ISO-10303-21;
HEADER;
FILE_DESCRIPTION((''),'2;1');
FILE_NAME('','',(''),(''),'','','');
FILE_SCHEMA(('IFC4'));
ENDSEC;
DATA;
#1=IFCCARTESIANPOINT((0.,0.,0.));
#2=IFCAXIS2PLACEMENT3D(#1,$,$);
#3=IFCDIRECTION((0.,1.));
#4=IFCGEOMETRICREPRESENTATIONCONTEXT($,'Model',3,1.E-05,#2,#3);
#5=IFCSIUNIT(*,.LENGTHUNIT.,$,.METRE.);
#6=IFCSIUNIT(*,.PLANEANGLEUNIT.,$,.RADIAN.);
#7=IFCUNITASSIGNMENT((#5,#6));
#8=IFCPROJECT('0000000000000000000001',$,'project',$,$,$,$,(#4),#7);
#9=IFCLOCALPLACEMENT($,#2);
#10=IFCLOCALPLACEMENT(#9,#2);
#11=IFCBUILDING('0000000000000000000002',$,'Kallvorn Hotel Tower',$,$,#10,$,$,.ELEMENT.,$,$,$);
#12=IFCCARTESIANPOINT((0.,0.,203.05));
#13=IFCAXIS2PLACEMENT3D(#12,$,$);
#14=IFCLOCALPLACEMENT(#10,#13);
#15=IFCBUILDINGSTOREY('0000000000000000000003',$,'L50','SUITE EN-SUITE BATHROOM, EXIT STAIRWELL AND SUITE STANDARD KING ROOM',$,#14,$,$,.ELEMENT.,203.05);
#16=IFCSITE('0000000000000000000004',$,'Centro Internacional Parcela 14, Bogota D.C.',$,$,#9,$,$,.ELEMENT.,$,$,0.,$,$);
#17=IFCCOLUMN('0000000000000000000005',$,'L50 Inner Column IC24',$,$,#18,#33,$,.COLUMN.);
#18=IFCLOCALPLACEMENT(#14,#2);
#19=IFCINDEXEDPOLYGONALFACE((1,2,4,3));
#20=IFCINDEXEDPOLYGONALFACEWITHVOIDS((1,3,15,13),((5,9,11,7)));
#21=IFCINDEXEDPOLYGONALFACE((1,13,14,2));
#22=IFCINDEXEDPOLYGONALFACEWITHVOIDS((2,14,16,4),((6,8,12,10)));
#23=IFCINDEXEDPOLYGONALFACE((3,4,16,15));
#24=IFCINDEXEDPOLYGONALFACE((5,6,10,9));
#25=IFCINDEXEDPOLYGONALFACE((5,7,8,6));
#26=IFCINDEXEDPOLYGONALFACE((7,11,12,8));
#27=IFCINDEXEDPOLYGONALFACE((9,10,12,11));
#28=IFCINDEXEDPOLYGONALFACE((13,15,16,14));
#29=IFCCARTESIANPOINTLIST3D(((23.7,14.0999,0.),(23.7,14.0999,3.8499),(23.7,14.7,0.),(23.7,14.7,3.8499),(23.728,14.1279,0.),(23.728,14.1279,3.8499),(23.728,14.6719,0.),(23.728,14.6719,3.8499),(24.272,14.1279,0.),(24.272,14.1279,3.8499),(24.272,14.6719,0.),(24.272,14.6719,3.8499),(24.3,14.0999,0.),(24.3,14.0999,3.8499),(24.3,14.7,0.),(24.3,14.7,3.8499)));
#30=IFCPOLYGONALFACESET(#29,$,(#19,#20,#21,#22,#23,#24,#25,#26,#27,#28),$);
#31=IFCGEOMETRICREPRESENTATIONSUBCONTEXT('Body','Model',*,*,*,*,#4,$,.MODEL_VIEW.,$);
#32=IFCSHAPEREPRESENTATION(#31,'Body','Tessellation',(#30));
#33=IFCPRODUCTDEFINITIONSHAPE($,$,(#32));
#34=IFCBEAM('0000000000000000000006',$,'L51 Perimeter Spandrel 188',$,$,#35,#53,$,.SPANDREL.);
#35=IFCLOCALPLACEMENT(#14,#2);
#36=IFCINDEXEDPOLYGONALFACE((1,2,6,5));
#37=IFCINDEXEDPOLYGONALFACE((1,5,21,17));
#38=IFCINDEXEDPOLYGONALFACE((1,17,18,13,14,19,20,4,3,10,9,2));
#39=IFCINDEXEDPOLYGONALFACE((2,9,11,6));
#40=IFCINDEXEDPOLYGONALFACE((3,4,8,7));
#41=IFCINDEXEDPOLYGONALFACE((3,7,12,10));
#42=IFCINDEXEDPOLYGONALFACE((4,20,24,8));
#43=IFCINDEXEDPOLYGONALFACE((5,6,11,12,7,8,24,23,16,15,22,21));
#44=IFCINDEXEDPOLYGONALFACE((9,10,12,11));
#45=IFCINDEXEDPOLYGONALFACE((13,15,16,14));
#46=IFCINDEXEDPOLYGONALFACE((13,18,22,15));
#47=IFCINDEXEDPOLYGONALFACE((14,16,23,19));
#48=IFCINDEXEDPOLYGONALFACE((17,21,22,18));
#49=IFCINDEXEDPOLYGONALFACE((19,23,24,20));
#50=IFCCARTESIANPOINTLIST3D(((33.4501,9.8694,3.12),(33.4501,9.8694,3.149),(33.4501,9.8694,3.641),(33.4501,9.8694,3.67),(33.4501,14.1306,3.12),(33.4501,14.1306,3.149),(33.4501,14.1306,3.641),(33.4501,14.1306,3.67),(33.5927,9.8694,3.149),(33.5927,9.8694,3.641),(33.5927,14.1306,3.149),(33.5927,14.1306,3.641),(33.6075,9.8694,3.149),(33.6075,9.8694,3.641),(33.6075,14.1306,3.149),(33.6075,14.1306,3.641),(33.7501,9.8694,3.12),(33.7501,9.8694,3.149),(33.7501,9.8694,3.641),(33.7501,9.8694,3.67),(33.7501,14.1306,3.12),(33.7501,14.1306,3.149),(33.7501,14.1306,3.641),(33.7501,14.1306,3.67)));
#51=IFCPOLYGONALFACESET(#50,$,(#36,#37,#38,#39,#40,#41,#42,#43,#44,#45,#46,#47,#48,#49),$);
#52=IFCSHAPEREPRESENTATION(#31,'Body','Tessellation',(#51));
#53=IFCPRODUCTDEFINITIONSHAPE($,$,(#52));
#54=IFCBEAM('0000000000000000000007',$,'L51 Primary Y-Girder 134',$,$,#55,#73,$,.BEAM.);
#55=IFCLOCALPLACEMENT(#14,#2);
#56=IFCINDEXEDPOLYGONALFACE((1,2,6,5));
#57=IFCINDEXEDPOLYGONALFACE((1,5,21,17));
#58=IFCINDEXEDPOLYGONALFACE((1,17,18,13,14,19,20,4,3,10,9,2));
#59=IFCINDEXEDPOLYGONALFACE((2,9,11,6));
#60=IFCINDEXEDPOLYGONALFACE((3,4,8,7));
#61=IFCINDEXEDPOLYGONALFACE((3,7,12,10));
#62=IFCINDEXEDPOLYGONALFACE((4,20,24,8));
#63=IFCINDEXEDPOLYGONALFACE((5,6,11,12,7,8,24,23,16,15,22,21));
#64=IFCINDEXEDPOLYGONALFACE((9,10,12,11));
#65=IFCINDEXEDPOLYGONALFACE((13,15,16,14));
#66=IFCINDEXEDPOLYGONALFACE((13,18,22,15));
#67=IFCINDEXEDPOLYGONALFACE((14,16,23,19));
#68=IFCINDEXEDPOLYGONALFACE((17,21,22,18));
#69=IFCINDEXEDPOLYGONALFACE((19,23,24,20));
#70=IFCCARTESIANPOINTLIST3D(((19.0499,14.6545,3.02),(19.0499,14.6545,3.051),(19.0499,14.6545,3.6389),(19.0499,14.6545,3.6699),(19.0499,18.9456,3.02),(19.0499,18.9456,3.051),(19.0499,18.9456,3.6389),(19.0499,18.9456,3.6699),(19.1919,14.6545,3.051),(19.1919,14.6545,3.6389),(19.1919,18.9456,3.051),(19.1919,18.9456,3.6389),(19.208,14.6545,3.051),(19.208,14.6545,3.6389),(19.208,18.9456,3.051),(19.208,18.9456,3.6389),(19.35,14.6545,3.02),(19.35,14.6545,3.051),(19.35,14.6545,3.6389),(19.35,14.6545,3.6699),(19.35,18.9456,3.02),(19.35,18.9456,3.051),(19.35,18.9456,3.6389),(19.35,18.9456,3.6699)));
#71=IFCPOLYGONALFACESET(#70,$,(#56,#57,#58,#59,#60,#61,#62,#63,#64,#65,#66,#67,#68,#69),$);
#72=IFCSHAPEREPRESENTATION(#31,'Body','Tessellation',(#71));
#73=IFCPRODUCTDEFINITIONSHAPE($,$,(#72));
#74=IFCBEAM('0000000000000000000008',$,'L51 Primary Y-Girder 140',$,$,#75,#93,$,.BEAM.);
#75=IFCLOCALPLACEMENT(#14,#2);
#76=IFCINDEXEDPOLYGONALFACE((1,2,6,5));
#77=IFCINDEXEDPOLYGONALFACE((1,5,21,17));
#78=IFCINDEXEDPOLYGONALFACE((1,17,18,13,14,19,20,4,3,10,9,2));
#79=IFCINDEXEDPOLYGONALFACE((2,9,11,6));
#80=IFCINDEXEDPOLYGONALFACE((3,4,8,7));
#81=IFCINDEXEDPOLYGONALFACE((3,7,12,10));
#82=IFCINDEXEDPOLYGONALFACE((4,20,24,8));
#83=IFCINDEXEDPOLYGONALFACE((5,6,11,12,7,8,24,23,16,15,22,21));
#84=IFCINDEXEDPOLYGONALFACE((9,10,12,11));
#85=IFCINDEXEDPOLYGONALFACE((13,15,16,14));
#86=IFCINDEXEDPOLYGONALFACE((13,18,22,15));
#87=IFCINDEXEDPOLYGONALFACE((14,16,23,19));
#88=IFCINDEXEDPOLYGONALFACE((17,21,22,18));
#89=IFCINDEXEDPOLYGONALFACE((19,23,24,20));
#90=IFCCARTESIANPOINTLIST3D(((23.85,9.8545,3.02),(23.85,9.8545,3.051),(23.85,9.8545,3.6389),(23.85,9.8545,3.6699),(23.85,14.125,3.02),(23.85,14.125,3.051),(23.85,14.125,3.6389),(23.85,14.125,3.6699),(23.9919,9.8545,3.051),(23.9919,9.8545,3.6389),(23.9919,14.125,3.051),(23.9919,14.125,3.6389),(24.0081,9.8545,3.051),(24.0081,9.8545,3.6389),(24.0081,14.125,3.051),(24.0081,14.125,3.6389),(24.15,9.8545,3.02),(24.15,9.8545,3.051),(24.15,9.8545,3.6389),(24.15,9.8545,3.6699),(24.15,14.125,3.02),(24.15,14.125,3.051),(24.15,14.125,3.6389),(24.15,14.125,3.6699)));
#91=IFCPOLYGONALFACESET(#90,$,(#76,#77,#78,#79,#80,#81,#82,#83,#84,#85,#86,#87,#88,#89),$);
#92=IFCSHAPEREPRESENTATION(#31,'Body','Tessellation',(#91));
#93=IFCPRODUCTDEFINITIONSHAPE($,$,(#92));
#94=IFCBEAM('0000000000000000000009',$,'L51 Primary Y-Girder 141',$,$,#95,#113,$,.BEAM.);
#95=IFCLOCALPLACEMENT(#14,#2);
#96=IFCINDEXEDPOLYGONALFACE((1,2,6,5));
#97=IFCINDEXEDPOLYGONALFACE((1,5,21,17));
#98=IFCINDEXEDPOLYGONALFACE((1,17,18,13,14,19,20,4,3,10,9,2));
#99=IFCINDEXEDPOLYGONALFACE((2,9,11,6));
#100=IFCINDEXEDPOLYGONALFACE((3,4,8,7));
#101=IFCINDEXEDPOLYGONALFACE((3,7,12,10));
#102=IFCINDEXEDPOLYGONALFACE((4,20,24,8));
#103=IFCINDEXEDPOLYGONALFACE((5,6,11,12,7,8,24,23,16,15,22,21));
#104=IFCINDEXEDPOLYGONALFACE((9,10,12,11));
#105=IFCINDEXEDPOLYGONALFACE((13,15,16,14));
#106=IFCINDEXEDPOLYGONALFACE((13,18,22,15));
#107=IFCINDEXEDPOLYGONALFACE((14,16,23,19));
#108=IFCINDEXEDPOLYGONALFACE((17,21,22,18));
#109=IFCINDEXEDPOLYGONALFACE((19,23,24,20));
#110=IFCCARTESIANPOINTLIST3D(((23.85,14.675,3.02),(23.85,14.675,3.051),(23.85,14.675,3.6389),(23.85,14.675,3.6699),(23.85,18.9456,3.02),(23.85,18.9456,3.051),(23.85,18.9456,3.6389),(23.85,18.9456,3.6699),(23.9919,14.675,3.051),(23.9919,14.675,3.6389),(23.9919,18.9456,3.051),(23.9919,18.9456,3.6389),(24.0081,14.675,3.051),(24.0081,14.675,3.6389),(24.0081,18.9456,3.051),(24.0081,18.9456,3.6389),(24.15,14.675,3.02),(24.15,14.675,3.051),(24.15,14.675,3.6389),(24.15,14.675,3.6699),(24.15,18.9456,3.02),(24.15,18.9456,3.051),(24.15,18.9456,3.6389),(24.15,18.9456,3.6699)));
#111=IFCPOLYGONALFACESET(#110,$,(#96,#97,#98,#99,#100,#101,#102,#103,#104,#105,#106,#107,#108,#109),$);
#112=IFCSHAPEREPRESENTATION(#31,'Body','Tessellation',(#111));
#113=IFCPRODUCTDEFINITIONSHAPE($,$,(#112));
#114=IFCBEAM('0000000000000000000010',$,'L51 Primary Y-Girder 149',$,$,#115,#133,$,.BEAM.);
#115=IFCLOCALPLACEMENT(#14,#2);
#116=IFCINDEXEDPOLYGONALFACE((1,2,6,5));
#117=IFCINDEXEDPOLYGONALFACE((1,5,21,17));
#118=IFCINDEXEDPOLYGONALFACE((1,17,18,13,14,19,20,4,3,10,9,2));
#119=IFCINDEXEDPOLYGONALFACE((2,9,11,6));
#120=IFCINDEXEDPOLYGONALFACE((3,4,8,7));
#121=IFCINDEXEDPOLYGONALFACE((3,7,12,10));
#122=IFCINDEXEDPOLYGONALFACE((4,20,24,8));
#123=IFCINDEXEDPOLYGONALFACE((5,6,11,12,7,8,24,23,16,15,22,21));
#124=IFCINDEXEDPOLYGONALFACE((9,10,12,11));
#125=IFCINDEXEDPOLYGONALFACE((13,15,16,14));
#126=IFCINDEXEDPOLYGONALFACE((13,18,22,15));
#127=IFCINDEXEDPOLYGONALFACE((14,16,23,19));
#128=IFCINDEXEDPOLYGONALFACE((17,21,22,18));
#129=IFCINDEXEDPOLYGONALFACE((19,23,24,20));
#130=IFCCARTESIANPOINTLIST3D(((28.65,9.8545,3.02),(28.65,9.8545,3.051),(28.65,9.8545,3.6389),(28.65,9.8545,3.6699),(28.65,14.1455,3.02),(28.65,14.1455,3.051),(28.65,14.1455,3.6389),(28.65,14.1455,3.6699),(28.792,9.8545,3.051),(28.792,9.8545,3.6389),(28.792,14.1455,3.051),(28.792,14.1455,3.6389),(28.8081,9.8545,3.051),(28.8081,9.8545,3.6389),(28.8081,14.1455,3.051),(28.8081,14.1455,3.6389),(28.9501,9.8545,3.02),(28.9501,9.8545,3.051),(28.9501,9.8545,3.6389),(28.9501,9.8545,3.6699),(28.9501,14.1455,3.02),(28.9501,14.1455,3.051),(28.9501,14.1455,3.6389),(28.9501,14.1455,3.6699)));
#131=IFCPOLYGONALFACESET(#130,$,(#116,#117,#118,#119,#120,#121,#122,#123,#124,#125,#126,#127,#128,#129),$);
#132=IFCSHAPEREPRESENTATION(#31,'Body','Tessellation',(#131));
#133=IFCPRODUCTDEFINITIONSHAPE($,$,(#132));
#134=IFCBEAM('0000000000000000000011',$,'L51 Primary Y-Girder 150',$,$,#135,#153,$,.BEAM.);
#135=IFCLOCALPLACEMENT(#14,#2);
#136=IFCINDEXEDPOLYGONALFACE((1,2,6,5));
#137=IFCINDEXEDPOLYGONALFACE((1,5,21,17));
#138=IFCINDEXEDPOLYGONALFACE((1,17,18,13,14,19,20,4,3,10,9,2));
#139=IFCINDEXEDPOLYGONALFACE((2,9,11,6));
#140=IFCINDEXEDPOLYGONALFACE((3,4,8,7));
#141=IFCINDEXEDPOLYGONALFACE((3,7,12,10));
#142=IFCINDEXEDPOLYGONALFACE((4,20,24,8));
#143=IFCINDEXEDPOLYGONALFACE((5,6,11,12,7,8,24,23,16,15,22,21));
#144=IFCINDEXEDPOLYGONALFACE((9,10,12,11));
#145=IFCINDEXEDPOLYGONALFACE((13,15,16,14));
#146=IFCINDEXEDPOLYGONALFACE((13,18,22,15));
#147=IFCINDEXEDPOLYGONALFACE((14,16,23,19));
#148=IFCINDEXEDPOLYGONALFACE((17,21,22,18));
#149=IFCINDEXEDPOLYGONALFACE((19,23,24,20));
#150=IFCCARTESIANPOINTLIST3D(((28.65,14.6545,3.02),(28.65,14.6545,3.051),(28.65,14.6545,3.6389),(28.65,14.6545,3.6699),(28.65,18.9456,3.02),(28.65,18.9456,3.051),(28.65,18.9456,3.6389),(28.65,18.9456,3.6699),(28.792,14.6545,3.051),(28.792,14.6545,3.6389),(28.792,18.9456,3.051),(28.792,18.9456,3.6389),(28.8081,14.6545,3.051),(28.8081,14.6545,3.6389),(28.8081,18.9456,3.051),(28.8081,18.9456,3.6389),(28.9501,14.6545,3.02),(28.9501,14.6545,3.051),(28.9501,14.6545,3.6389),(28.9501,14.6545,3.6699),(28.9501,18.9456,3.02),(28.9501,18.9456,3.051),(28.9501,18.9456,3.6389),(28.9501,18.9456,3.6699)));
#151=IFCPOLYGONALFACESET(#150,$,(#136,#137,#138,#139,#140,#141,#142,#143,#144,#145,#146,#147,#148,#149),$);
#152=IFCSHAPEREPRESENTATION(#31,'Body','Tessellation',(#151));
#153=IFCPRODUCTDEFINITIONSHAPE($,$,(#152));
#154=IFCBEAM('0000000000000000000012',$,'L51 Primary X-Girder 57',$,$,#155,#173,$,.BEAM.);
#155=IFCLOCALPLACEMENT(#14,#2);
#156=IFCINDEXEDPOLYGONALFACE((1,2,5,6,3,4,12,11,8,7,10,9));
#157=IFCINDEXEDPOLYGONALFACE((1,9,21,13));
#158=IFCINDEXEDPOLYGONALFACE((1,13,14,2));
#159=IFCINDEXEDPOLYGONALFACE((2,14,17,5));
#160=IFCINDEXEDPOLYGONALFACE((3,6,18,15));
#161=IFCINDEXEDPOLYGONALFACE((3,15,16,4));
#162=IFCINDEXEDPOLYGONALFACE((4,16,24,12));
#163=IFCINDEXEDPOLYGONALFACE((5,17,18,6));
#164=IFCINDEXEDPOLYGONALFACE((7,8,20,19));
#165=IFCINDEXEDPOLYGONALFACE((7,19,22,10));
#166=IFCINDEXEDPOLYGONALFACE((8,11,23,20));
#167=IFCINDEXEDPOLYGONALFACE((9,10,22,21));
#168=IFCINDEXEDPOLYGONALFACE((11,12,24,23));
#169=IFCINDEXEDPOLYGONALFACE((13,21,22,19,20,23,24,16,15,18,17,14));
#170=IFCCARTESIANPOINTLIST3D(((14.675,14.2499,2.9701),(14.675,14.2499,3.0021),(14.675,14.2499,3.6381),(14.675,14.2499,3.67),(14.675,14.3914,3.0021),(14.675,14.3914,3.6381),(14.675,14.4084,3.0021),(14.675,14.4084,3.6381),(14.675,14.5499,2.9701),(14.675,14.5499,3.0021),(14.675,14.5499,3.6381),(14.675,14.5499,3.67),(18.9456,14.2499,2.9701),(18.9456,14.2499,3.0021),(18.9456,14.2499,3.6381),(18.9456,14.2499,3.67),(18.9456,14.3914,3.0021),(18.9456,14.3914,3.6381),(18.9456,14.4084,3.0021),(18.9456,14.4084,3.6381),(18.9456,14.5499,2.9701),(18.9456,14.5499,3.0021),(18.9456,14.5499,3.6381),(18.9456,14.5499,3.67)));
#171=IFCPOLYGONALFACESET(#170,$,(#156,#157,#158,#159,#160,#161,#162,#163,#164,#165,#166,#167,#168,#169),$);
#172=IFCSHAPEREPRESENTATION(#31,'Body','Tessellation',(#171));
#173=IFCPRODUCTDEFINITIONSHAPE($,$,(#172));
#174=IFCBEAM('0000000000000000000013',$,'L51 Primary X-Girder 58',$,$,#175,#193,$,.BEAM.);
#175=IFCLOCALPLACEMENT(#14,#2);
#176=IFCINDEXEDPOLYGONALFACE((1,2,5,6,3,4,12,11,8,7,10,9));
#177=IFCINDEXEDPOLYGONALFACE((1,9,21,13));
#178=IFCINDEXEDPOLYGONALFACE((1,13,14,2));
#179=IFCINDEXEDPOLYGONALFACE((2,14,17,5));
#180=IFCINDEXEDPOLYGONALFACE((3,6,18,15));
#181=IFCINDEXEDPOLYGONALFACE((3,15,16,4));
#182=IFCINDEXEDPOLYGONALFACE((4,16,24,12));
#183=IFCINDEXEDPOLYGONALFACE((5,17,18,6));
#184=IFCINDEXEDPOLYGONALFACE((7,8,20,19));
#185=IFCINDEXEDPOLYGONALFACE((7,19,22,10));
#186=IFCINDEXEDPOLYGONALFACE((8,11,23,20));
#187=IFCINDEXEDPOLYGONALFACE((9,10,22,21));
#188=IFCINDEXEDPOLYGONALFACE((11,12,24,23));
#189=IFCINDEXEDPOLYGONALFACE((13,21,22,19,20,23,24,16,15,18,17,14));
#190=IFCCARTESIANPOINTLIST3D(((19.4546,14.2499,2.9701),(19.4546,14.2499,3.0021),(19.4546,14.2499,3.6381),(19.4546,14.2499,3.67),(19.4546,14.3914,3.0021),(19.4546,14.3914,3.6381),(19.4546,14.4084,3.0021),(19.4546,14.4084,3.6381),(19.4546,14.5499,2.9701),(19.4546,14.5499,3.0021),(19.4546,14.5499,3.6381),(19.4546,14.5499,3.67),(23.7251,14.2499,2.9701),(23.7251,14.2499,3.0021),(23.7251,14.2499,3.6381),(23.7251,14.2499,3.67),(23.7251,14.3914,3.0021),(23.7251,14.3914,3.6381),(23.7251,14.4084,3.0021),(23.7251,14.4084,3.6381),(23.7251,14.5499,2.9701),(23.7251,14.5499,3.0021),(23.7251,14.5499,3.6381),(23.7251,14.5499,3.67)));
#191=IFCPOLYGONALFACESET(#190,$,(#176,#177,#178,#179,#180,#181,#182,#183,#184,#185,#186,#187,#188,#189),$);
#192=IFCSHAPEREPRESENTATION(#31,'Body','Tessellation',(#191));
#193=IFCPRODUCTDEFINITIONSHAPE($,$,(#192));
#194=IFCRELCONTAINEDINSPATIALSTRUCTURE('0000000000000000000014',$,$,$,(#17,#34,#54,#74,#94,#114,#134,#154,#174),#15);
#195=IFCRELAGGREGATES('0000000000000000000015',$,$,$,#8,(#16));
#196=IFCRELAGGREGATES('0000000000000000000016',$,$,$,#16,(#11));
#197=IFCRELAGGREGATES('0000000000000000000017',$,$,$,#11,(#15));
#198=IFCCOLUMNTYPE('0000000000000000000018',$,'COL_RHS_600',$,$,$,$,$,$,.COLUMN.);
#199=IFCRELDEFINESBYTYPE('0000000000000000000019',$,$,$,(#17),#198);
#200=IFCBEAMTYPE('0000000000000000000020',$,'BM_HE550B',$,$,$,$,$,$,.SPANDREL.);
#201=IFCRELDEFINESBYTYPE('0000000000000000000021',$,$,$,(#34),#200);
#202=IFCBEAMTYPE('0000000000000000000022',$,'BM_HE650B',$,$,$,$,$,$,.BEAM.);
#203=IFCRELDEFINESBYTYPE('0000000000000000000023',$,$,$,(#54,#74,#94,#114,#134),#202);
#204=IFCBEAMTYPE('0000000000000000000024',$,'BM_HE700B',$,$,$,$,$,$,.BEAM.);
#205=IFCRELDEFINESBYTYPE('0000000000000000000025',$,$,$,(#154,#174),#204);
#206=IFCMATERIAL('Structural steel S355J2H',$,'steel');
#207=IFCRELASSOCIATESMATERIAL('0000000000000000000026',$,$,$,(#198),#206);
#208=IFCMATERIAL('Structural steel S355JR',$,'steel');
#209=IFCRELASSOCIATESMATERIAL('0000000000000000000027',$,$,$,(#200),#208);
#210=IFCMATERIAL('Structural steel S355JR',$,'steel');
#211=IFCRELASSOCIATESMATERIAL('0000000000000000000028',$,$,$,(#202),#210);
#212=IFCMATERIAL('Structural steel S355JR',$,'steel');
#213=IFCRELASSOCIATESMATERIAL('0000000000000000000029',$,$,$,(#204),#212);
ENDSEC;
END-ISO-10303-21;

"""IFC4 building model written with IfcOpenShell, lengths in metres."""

from ifc_helpers import new_model, si_unit, direction, frame, origin, origin_2d, place, context, subcontext, project, spatial, hollow_rectangle, i_section, extrude, material, material_profile, profile_set, type_object, element, save


model = new_model("IFC4")

# Units and contexts
model_context = context("Model", 3, precision=1e-05, world=origin(), true_north=direction((0.0, 1.0)))
body_context = subcontext(model_context, "Body", "Model", "MODEL_VIEW")
ifc_project = project(units=[si_unit("LENGTHUNIT", "METRE"), si_unit("PLANEANGLEUNIT", "RADIAN")], contexts=[model_context])

# Site, building, storey
site_placement = place(None, origin())
site = spatial("IfcSite", under=ifc_project, at=site_placement, Name="Centro Internacional Parcela 14, Bogota D.C.", CompositionType="ELEMENT", RefElevation=0.0)
building_placement = place(site_placement, origin())
building = spatial("IfcBuilding", under=site, at=building_placement, Name="Kallvorn Hotel Tower", CompositionType="ELEMENT")
storey_placement = place(building_placement, frame((0.0, 0.0, 203.05)))
storey = spatial("IfcBuildingStorey", under=building, at=storey_placement, Name="L50", Description="SUITE EN-SUITE BATHROOM, EXIT STAIRWELL AND SUITE STANDARD KING ROOM", CompositionType="ELEMENT", Elevation=203.05)

# Column
ifc_material_1 = material(Name="Structural steel S355J2H", Category="steel")
ifc_material_profile_1 = material_profile(ifc_material_1, hollow_rectangle(XDim=0.6001, YDim=0.6001, WallThickness=0.0281, at=origin_2d()), Name="RHS 600x600x28")
ifc_profile_set_1 = profile_set([ifc_material_profile_1], Name="Structural steel S355J2H")
column_type_1 = type_object("IfcColumnType", Name="COL_RHS_600", PredefinedType="COLUMN", material=ifc_profile_set_1)
column_placement = place(storey_placement, frame((24.0, 14.3999, 0.0), z_axis=(0.0, 0.0, 1.0), x_axis=(1.0, 0.0, 0.0)))
element("IfcColumn", 1, at=column_placement, inside=storey, type_object=column_type_1, Name="L50 Inner Column IC24", PredefinedType="COLUMN", context=body_context, shape_type="SweptSolid", body=[
    extrude(hollow_rectangle(XDim=0.6001, YDim=0.6001, WallThickness=0.0281, at=origin_2d()), origin(), (0.0, 0.0, 1.0), 3.8499),
])

# Beams
ifc_material_2 = material(Name="Structural steel S355JR", Category="steel")
ifc_material_profile_2 = material_profile(ifc_material_2, i_section(OverallWidth=0.3, OverallDepth=0.55, WebThickness=0.0149, FlangeThickness=0.0291, at=origin_2d()), Name="HE 550 B")
ifc_profile_set_2 = profile_set([ifc_material_profile_2], Name="Structural steel S355JR")
beam_type_1 = type_object("IfcBeamType", Name="BM_HE550B", PredefinedType="SPANDREL", material=ifc_profile_set_2)
beam_1_placement = place(storey_placement, frame((33.6001, 9.8694, 3.395), z_axis=(0.0, 1.0, 0.0), x_axis=(-1.0, 0.0, 0.0)))
element("IfcBeam", 2, at=beam_1_placement, inside=storey, type_object=beam_type_1, Name="L51 Perimeter Spandrel 188", PredefinedType="SPANDREL", context=body_context, shape_type="SweptSolid", body=[
    extrude(i_section(OverallWidth=0.3, OverallDepth=0.55, WebThickness=0.0149, FlangeThickness=0.0291, at=origin_2d()), origin(), (0.0, 0.0, 1.0), 4.2612),
])
ifc_material_3 = material(Name="Structural steel S355JR", Category="steel")
ifc_material_profile_3 = material_profile(ifc_material_3, i_section(OverallWidth=0.3, OverallDepth=0.6499, WebThickness=0.0161, FlangeThickness=0.031, at=origin_2d()), Name="HE 650 B")
ifc_profile_set_3 = profile_set([ifc_material_profile_3], Name="Structural steel S355JR")
beam_type_2 = type_object("IfcBeamType", Name="BM_HE650B", PredefinedType="BEAM", material=ifc_profile_set_3)
beam_2_placement = place(storey_placement, frame((19.2, 14.6545, 3.345), z_axis=(0.0, 1.0, 0.0), x_axis=(-1.0, 0.0, 0.0)))
element("IfcBeam", 3, at=beam_2_placement, inside=storey, type_object=beam_type_2, Name="L51 Primary Y-Girder 134", PredefinedType="BEAM", context=body_context, shape_type="SweptSolid", body=[
    extrude(i_section(OverallWidth=0.3, OverallDepth=0.6499, WebThickness=0.0161, FlangeThickness=0.031, at=origin_2d()), origin(), (0.0, 0.0, 1.0), 4.291),
])
for number, where, z_axis, x_axis, name in (
    (4, (24.0, 9.8545, 3.345), (0.0, 1.0, 0.0), (-1.0, 0.0, 0.0), "L51 Primary Y-Girder 140"),
    (5, (24.0, 14.675, 3.345), (0.0, 1.0, 0.0), (-1.0, 0.0, 0.0), "L51 Primary Y-Girder 141"),
):
    element("IfcBeam", number, at=place(storey_placement, frame(where, z_axis=z_axis, x_axis=x_axis)), inside=storey, type_object=beam_type_2, Name=name, PredefinedType="BEAM", context=body_context, shape_type="SweptSolid", body=[
        extrude(i_section(OverallWidth=0.3, OverallDepth=0.6499, WebThickness=0.0161, FlangeThickness=0.031, at=origin_2d()), origin(), (0.0, 0.0, 1.0), 4.2705),
    ])
for number, where, z_axis, x_axis, name in (
    (6, (28.8, 9.8545, 3.345), (0.0, 1.0, 0.0), (-1.0, 0.0, 0.0), "L51 Primary Y-Girder 149"),
    (7, (28.8, 14.6545, 3.345), (0.0, 1.0, 0.0), (-1.0, 0.0, 0.0), "L51 Primary Y-Girder 150"),
):
    element("IfcBeam", number, at=place(storey_placement, frame(where, z_axis=z_axis, x_axis=x_axis)), inside=storey, type_object=beam_type_2, Name=name, PredefinedType="BEAM", context=body_context, shape_type="SweptSolid", body=[
        extrude(i_section(OverallWidth=0.3, OverallDepth=0.6499, WebThickness=0.0161, FlangeThickness=0.031, at=origin_2d()), origin(), (0.0, 0.0, 1.0), 4.291),
    ])
ifc_material_4 = material(Name="Structural steel S355JR", Category="steel")
ifc_material_profile_4 = material_profile(ifc_material_4, i_section(OverallWidth=0.3, OverallDepth=0.7, WebThickness=0.0171, FlangeThickness=0.032, at=origin_2d()), Name="HE 700 B")
ifc_profile_set_4 = profile_set([ifc_material_profile_4], Name="Structural steel S355JR")
beam_type_3 = type_object("IfcBeamType", Name="BM_HE700B", PredefinedType="BEAM", material=ifc_profile_set_4)
for number, where, z_axis, x_axis, name in (
    (8, (14.675, 14.3999, 3.3201), (1.0, 0.0, 0.0), (0.0, 1.0, 0.0), "L51 Primary X-Girder 57"),
    (9, (19.4546, 14.3999, 3.3201), (1.0, 0.0, 0.0), (0.0, 1.0, 0.0), "L51 Primary X-Girder 58"),
):
    element("IfcBeam", number, at=place(storey_placement, frame(where, z_axis=z_axis, x_axis=x_axis)), inside=storey, type_object=beam_type_3, Name=name, PredefinedType="BEAM", context=body_context, shape_type="SweptSolid", body=[
        extrude(i_section(OverallWidth=0.3, OverallDepth=0.7, WebThickness=0.0171, FlangeThickness=0.032, at=origin_2d()), origin(), (0.0, 0.0, 1.0), 4.2705),
    ])

save(model, "model.ifc")
